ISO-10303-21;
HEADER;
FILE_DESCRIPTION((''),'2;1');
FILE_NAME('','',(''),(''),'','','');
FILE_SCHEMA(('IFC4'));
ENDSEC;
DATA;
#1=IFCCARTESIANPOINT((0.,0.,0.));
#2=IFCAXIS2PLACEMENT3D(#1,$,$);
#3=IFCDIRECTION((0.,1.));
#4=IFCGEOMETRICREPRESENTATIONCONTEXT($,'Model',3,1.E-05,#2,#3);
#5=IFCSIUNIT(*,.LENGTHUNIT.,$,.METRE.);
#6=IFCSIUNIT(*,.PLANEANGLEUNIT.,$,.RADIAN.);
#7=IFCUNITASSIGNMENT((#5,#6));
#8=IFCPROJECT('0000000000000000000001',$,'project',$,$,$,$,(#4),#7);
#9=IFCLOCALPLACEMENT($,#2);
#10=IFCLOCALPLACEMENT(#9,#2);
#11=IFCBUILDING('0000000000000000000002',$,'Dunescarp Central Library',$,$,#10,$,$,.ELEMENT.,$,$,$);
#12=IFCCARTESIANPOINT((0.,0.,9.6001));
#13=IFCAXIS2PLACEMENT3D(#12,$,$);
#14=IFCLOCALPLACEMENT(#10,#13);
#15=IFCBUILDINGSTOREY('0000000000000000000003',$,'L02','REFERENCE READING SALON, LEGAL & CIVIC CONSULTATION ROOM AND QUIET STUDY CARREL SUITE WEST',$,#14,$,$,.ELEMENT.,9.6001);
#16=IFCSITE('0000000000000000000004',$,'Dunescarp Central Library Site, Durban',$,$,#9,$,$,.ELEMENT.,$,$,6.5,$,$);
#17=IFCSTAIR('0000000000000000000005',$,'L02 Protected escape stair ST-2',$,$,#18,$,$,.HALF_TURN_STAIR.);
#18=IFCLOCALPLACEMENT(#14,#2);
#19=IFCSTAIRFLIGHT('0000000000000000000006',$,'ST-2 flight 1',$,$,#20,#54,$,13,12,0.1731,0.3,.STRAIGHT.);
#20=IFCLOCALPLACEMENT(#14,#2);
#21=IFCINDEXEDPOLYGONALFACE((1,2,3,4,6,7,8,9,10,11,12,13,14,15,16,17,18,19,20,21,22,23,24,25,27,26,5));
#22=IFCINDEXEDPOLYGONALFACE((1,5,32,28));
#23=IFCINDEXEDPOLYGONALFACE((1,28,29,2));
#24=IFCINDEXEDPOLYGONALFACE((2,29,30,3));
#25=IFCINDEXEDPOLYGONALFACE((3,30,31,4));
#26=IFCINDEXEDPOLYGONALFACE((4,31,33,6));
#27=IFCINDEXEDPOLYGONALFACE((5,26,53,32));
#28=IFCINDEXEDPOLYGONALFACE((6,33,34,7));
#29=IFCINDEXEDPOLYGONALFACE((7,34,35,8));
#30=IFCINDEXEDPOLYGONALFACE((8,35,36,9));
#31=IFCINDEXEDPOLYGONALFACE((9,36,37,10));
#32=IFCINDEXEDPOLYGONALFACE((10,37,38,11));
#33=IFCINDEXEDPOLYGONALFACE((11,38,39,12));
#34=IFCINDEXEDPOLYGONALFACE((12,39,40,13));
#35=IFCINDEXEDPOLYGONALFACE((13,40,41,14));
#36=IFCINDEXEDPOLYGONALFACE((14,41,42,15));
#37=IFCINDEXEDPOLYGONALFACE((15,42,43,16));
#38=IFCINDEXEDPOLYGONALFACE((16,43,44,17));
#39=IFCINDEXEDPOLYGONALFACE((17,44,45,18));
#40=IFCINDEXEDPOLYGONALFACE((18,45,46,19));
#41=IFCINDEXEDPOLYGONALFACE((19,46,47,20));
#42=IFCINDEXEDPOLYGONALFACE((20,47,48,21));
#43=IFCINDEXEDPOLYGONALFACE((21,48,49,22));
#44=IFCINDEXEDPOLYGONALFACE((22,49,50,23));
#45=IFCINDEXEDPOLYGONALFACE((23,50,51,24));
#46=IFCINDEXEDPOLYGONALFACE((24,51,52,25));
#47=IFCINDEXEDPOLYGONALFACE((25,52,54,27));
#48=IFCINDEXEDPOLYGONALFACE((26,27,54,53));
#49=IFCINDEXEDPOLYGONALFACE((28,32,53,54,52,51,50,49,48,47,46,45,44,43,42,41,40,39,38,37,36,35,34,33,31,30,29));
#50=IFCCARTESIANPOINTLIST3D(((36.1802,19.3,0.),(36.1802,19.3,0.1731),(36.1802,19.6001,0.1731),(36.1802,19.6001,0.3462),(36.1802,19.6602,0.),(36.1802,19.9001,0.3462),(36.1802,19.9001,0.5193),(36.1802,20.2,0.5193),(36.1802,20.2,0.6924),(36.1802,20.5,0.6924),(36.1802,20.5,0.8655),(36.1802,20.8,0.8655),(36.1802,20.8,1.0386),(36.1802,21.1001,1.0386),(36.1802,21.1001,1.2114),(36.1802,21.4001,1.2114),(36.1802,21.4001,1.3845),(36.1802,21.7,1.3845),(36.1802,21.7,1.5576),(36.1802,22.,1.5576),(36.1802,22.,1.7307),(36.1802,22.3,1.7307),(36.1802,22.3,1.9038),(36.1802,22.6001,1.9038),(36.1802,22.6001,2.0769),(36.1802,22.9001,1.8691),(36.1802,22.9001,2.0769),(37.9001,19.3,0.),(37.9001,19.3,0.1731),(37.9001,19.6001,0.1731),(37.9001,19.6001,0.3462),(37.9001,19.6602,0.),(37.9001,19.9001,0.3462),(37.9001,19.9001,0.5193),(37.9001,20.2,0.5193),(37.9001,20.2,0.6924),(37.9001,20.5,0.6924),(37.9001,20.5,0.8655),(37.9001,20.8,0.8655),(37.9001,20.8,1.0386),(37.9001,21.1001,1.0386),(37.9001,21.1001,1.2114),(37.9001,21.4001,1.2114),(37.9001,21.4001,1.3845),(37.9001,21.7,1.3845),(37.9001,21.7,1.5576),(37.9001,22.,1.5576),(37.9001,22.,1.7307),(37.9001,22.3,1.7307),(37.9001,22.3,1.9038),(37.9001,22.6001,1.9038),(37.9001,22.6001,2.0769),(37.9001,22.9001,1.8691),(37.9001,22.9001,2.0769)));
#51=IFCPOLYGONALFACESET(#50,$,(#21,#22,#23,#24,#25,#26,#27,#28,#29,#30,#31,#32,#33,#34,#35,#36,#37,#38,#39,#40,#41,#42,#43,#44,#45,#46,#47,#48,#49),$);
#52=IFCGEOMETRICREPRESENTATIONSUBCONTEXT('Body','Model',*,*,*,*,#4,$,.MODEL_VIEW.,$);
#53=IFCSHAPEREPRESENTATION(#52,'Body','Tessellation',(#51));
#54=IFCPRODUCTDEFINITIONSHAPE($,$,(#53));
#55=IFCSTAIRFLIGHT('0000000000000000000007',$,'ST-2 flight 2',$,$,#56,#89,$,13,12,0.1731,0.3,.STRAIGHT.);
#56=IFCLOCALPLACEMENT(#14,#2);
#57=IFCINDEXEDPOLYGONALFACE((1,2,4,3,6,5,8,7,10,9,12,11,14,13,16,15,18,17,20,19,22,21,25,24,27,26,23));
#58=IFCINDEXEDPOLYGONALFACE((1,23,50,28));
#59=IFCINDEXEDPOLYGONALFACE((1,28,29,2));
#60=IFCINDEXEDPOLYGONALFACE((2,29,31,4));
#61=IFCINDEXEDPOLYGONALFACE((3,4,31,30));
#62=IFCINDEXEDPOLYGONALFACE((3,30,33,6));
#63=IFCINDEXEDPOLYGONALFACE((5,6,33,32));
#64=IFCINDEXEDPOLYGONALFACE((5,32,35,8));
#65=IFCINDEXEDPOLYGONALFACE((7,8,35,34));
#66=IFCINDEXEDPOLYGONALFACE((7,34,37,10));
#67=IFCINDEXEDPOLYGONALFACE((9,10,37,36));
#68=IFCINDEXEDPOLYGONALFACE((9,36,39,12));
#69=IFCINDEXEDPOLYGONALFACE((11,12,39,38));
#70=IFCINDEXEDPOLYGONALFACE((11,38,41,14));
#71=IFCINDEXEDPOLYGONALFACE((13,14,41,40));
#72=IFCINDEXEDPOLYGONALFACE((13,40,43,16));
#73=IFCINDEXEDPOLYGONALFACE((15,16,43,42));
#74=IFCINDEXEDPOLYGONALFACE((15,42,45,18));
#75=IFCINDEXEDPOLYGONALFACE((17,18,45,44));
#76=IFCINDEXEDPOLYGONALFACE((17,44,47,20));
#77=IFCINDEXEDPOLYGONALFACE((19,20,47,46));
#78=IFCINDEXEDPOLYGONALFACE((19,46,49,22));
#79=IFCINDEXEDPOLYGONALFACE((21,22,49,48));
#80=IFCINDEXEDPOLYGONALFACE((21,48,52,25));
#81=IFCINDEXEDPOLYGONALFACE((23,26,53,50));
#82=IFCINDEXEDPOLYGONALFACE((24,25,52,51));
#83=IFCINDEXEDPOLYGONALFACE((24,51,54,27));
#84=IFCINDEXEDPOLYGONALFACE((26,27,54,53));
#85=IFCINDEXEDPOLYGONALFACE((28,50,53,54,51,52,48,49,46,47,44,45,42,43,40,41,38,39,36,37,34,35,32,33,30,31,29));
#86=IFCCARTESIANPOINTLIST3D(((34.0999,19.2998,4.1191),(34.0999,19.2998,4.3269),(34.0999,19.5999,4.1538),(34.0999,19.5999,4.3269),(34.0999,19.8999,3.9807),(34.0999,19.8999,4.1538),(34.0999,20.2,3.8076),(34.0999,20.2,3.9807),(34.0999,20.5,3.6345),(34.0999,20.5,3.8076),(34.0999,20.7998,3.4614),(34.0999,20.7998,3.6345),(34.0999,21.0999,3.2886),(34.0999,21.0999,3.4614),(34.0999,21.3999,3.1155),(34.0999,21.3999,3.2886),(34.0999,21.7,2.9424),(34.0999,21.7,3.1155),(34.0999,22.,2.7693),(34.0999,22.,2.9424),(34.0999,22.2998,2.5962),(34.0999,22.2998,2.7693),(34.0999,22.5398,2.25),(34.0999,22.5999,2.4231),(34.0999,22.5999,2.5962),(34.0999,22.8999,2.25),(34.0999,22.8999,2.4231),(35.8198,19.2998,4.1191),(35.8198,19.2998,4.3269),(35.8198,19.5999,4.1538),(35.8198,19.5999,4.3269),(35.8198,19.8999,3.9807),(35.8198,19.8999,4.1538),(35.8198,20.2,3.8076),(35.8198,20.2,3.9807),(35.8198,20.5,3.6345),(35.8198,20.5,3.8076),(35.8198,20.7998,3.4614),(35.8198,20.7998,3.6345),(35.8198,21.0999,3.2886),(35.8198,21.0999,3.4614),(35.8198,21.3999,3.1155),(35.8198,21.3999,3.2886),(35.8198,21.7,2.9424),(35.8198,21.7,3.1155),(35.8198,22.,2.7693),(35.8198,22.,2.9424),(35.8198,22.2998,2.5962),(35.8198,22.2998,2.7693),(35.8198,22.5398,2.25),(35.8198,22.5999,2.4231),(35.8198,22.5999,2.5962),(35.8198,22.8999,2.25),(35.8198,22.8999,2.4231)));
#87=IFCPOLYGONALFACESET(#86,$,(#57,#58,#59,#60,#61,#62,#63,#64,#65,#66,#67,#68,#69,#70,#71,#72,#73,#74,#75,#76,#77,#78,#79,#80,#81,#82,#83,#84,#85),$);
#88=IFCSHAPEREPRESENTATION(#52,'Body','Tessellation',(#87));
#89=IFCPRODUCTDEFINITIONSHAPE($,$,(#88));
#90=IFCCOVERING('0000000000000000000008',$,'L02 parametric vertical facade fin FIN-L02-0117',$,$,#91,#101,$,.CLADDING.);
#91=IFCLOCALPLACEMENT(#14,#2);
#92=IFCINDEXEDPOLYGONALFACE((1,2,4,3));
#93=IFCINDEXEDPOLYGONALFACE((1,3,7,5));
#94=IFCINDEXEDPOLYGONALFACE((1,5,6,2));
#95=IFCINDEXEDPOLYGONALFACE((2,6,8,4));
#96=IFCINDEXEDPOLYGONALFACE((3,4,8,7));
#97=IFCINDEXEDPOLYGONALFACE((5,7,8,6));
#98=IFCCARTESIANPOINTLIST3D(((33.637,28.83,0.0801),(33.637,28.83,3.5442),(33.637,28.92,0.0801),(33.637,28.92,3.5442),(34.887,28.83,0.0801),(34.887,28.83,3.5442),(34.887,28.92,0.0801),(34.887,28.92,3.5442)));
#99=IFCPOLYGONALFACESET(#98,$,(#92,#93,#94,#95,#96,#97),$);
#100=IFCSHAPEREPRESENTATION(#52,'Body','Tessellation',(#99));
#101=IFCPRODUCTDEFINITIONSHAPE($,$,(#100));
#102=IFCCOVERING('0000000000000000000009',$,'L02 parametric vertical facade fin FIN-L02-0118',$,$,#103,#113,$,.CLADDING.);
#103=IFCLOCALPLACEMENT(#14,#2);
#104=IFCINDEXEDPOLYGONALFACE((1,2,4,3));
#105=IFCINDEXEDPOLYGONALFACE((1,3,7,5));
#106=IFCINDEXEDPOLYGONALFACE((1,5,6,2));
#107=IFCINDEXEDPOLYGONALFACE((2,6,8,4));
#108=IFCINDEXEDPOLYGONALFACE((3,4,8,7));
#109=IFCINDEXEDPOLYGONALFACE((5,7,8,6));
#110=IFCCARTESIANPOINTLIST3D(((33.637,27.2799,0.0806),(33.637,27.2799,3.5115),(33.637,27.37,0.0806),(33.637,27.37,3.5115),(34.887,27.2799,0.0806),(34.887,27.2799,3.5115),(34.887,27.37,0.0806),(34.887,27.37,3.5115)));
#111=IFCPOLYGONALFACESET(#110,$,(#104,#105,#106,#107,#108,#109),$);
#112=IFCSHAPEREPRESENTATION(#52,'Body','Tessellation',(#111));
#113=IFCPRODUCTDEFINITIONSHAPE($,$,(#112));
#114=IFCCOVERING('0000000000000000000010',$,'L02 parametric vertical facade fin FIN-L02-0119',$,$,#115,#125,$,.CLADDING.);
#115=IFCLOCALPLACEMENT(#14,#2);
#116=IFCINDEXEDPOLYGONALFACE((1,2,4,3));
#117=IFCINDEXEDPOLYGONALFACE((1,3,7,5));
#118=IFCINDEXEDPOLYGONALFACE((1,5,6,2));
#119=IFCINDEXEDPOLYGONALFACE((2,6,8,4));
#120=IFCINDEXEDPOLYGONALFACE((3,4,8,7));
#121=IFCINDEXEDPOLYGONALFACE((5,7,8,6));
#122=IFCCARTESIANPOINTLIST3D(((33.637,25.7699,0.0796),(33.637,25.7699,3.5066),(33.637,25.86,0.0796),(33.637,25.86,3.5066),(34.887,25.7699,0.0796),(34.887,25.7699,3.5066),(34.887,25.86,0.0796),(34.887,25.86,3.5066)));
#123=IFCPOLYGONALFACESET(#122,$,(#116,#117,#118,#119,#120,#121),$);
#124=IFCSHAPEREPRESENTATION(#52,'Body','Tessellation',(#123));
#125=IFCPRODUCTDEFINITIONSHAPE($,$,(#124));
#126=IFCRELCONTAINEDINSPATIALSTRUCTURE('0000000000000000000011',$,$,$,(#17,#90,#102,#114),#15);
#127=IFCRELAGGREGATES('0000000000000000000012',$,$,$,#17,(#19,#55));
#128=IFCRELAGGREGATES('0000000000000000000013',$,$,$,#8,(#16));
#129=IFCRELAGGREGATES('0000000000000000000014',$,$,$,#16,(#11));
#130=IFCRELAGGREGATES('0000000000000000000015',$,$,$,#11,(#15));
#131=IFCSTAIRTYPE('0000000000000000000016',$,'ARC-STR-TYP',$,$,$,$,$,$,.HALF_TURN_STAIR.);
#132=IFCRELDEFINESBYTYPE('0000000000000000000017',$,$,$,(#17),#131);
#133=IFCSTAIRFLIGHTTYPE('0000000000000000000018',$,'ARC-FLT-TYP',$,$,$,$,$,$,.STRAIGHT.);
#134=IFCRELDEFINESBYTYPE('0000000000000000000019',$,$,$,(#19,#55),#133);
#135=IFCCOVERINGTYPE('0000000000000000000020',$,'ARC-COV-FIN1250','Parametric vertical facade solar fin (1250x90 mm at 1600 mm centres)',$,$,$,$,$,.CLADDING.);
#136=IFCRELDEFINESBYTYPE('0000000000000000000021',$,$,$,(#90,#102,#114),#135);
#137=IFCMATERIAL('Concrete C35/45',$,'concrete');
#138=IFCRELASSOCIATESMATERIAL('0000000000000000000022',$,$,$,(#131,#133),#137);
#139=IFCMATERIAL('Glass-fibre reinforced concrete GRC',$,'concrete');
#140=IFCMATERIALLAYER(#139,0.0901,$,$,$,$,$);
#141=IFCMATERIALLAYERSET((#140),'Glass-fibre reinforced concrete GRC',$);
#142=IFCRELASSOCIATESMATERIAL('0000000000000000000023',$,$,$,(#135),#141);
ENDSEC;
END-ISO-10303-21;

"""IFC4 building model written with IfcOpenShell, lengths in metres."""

from ifc_helpers import new_model, si_unit, direction, frame, origin, origin_2d, place, context, subcontext, project, spatial, polyline, rectangle, outline, extrude, material, layer, layer_set, type_object, element, aggregate, save


model = new_model("IFC4")

# Units and contexts
model_context = context("Model", 3, precision=1e-05, world=origin(), true_north=direction((0.0, 1.0)))
body_context = subcontext(model_context, "Body", "Model", "MODEL_VIEW")
ifc_project = project(units=[si_unit("LENGTHUNIT", "METRE"), si_unit("PLANEANGLEUNIT", "RADIAN")], contexts=[model_context])

# Site, building, storey
site_placement = place(None, origin())
site = spatial("IfcSite", under=ifc_project, at=site_placement, Name="Dunescarp Central Library Site, Durban", CompositionType="ELEMENT", RefElevation=6.5)
building_placement = place(site_placement, origin())
building = spatial("IfcBuilding", under=site, at=building_placement, Name="Dunescarp Central Library", CompositionType="ELEMENT")
storey_placement = place(building_placement, frame((0.0, 0.0, 9.6001)))
storey = spatial("IfcBuildingStorey", under=building, at=storey_placement, Name="L02", Description="REFERENCE READING SALON, LEGAL & CIVIC CONSULTATION ROOM AND QUIET STUDY CARREL SUITE WEST", CompositionType="ELEMENT", Elevation=9.6001)

# Stair, stair flights
ifc_material_1 = material(Name="Concrete C35/45", Category="concrete")
stair_type = type_object("IfcStairType", Name="ARC-STR-TYP", PredefinedType="HALF_TURN_STAIR", material=ifc_material_1)
stair_placement = place(storey_placement, origin())
stair = element("IfcStair", 1, at=stair_placement, inside=storey, type_object=stair_type, Name="L02 Protected escape stair ST-2", PredefinedType="HALF_TURN_STAIR")
stair_flight_type = type_object("IfcStairFlightType", Name="ARC-FLT-TYP", PredefinedType="STRAIGHT", material=ifc_material_1)
stair_flight_1_placement = place(storey_placement, frame((37.04, 19.3, 0.0), z_axis=(0.0, 0.0, 1.0), x_axis=(0.0, 1.0, 0.0)))
stair_flight_1 = element("IfcStairFlight", 2, at=stair_flight_1_placement, type_object=stair_flight_type, Name="ST-2 flight 1", NumberOfRisers=13, NumberOfTreads=12, PredefinedType="STRAIGHT", RiserHeight=0.1731, TreadLength=0.3, context=body_context, shape_type="SweptSolid", body=[
    extrude(outline(polyline([(0.0, 0.0), (0.0, 0.1731), (0.3, 0.1731), (0.3, 0.3462), (0.6001, 0.3462), (0.6001, 0.5193), (0.8999, 0.5193), (0.8999, 0.6924), (1.2, 0.6924), (1.2, 0.8655), (1.5, 0.8655), (1.5, 1.0386), (1.8, 1.0386), (1.8, 1.2114), (2.1001, 1.2114), (2.1001, 1.3845), (2.3999, 1.3845), (2.3999, 1.5576), (2.7, 1.5576), (2.7, 1.7307), (3.0, 1.7307), (3.0, 1.9038), (3.3, 1.9038), (3.3, 2.0769), (3.6001, 2.0769), (3.6001, 2.25), (3.6001, 1.8691), (0.3601, 0.0), (0.0, 0.0)])), frame((0.0, 0.8599, 0.0), z_axis=(0.0, -1.0, 0.0), x_axis=(1.0, 0.0, 0.0)), (0.0, 0.0, 1.0), 1.72),
])
stair_flight_2_placement = place(storey_placement, frame((34.96, 22.8999, 2.25), z_axis=(0.0, 0.0, 1.0), x_axis=(0.0, -1.0, 0.0)))
stair_flight_2 = element("IfcStairFlight", 3, at=stair_flight_2_placement, type_object=stair_flight_type, Name="ST-2 flight 2", NumberOfRisers=13, NumberOfTreads=12, PredefinedType="STRAIGHT", RiserHeight=0.1731, TreadLength=0.3, context=body_context, shape_type="SweptSolid", body=[
    extrude(outline(polyline([(0.0, 0.0), (0.0, 0.1731), (0.3, 0.1731), (0.3, 0.3462), (0.6001, 0.3462), (0.6001, 0.5193), (0.8999, 0.5193), (0.8999, 0.6924), (1.2, 0.6924), (1.2, 0.8655), (1.5, 0.8655), (1.5, 1.0386), (1.8, 1.0386), (1.8, 1.2114), (2.1001, 1.2114), (2.1001, 1.3845), (2.3999, 1.3845), (2.3999, 1.5576), (2.7, 1.5576), (2.7, 1.7307), (3.0, 1.7307), (3.0, 1.9038), (3.3, 1.9038), (3.3, 2.0769), (3.6001, 2.0769), (3.6001, 2.25), (3.6001, 1.8691), (0.3601, 0.0), (0.0, 0.0)])), frame((0.0, 0.8599, 0.0), z_axis=(0.0, -1.0, 0.0), x_axis=(1.0, 0.0, 0.0)), (0.0, 0.0, 1.0), 1.72),
])
aggregate(stair, [stair_flight_1, stair_flight_2])

# Coverings
ifc_material_2 = material(Name="Glass-fibre reinforced concrete GRC", Category="concrete")
ifc_layer_1 = layer(ifc_material_2, 0.0901)
ifc_layer_set_1 = layer_set([ifc_layer_1], Name="Glass-fibre reinforced concrete GRC")
covering_type = type_object("IfcCoveringType", Name="ARC-COV-FIN1250", Description="Parametric vertical facade solar fin (1250x90 mm at 1600 mm centres)", PredefinedType="CLADDING", material=ifc_layer_set_1)
covering_1_placement = place(storey_placement, frame((34.262, 28.875, 0.0801), z_axis=(0.0, 0.0, 1.0), x_axis=(1.0, 0.0, 0.0)))
element("IfcCovering", 4, at=covering_1_placement, inside=storey, type_object=covering_type, Name="L02 parametric vertical facade fin FIN-L02-0117", PredefinedType="CLADDING", context=body_context, shape_type="SweptSolid", body=[
    extrude(rectangle(XDim=1.25, YDim=0.0901, at=origin_2d()), origin(), (0.0, 0.0, 1.0), 3.4641),
])
covering_2_placement = place(storey_placement, frame((34.262, 27.325, 0.0806), z_axis=(0.0, 0.0, 1.0), x_axis=(1.0, 0.0, 0.0)))
element("IfcCovering", 5, at=covering_2_placement, inside=storey, type_object=covering_type, Name="L02 parametric vertical facade fin FIN-L02-0118", PredefinedType="CLADDING", context=body_context, shape_type="SweptSolid", body=[
    extrude(rectangle(XDim=1.25, YDim=0.0901, at=origin_2d()), origin(), (0.0, 0.0, 1.0), 3.4309),
])
covering_3_placement = place(storey_placement, frame((34.262, 25.8149, 0.0796), z_axis=(0.0, 0.0, 1.0), x_axis=(1.0, 0.0, 0.0)))
element("IfcCovering", 6, at=covering_3_placement, inside=storey, type_object=covering_type, Name="L02 parametric vertical facade fin FIN-L02-0119", PredefinedType="CLADDING", context=body_context, shape_type="SweptSolid", body=[
    extrude(rectangle(XDim=1.25, YDim=0.0901, at=origin_2d()), origin(), (0.0, 0.0, 1.0), 3.427),
])

save(model, "model.ifc")
